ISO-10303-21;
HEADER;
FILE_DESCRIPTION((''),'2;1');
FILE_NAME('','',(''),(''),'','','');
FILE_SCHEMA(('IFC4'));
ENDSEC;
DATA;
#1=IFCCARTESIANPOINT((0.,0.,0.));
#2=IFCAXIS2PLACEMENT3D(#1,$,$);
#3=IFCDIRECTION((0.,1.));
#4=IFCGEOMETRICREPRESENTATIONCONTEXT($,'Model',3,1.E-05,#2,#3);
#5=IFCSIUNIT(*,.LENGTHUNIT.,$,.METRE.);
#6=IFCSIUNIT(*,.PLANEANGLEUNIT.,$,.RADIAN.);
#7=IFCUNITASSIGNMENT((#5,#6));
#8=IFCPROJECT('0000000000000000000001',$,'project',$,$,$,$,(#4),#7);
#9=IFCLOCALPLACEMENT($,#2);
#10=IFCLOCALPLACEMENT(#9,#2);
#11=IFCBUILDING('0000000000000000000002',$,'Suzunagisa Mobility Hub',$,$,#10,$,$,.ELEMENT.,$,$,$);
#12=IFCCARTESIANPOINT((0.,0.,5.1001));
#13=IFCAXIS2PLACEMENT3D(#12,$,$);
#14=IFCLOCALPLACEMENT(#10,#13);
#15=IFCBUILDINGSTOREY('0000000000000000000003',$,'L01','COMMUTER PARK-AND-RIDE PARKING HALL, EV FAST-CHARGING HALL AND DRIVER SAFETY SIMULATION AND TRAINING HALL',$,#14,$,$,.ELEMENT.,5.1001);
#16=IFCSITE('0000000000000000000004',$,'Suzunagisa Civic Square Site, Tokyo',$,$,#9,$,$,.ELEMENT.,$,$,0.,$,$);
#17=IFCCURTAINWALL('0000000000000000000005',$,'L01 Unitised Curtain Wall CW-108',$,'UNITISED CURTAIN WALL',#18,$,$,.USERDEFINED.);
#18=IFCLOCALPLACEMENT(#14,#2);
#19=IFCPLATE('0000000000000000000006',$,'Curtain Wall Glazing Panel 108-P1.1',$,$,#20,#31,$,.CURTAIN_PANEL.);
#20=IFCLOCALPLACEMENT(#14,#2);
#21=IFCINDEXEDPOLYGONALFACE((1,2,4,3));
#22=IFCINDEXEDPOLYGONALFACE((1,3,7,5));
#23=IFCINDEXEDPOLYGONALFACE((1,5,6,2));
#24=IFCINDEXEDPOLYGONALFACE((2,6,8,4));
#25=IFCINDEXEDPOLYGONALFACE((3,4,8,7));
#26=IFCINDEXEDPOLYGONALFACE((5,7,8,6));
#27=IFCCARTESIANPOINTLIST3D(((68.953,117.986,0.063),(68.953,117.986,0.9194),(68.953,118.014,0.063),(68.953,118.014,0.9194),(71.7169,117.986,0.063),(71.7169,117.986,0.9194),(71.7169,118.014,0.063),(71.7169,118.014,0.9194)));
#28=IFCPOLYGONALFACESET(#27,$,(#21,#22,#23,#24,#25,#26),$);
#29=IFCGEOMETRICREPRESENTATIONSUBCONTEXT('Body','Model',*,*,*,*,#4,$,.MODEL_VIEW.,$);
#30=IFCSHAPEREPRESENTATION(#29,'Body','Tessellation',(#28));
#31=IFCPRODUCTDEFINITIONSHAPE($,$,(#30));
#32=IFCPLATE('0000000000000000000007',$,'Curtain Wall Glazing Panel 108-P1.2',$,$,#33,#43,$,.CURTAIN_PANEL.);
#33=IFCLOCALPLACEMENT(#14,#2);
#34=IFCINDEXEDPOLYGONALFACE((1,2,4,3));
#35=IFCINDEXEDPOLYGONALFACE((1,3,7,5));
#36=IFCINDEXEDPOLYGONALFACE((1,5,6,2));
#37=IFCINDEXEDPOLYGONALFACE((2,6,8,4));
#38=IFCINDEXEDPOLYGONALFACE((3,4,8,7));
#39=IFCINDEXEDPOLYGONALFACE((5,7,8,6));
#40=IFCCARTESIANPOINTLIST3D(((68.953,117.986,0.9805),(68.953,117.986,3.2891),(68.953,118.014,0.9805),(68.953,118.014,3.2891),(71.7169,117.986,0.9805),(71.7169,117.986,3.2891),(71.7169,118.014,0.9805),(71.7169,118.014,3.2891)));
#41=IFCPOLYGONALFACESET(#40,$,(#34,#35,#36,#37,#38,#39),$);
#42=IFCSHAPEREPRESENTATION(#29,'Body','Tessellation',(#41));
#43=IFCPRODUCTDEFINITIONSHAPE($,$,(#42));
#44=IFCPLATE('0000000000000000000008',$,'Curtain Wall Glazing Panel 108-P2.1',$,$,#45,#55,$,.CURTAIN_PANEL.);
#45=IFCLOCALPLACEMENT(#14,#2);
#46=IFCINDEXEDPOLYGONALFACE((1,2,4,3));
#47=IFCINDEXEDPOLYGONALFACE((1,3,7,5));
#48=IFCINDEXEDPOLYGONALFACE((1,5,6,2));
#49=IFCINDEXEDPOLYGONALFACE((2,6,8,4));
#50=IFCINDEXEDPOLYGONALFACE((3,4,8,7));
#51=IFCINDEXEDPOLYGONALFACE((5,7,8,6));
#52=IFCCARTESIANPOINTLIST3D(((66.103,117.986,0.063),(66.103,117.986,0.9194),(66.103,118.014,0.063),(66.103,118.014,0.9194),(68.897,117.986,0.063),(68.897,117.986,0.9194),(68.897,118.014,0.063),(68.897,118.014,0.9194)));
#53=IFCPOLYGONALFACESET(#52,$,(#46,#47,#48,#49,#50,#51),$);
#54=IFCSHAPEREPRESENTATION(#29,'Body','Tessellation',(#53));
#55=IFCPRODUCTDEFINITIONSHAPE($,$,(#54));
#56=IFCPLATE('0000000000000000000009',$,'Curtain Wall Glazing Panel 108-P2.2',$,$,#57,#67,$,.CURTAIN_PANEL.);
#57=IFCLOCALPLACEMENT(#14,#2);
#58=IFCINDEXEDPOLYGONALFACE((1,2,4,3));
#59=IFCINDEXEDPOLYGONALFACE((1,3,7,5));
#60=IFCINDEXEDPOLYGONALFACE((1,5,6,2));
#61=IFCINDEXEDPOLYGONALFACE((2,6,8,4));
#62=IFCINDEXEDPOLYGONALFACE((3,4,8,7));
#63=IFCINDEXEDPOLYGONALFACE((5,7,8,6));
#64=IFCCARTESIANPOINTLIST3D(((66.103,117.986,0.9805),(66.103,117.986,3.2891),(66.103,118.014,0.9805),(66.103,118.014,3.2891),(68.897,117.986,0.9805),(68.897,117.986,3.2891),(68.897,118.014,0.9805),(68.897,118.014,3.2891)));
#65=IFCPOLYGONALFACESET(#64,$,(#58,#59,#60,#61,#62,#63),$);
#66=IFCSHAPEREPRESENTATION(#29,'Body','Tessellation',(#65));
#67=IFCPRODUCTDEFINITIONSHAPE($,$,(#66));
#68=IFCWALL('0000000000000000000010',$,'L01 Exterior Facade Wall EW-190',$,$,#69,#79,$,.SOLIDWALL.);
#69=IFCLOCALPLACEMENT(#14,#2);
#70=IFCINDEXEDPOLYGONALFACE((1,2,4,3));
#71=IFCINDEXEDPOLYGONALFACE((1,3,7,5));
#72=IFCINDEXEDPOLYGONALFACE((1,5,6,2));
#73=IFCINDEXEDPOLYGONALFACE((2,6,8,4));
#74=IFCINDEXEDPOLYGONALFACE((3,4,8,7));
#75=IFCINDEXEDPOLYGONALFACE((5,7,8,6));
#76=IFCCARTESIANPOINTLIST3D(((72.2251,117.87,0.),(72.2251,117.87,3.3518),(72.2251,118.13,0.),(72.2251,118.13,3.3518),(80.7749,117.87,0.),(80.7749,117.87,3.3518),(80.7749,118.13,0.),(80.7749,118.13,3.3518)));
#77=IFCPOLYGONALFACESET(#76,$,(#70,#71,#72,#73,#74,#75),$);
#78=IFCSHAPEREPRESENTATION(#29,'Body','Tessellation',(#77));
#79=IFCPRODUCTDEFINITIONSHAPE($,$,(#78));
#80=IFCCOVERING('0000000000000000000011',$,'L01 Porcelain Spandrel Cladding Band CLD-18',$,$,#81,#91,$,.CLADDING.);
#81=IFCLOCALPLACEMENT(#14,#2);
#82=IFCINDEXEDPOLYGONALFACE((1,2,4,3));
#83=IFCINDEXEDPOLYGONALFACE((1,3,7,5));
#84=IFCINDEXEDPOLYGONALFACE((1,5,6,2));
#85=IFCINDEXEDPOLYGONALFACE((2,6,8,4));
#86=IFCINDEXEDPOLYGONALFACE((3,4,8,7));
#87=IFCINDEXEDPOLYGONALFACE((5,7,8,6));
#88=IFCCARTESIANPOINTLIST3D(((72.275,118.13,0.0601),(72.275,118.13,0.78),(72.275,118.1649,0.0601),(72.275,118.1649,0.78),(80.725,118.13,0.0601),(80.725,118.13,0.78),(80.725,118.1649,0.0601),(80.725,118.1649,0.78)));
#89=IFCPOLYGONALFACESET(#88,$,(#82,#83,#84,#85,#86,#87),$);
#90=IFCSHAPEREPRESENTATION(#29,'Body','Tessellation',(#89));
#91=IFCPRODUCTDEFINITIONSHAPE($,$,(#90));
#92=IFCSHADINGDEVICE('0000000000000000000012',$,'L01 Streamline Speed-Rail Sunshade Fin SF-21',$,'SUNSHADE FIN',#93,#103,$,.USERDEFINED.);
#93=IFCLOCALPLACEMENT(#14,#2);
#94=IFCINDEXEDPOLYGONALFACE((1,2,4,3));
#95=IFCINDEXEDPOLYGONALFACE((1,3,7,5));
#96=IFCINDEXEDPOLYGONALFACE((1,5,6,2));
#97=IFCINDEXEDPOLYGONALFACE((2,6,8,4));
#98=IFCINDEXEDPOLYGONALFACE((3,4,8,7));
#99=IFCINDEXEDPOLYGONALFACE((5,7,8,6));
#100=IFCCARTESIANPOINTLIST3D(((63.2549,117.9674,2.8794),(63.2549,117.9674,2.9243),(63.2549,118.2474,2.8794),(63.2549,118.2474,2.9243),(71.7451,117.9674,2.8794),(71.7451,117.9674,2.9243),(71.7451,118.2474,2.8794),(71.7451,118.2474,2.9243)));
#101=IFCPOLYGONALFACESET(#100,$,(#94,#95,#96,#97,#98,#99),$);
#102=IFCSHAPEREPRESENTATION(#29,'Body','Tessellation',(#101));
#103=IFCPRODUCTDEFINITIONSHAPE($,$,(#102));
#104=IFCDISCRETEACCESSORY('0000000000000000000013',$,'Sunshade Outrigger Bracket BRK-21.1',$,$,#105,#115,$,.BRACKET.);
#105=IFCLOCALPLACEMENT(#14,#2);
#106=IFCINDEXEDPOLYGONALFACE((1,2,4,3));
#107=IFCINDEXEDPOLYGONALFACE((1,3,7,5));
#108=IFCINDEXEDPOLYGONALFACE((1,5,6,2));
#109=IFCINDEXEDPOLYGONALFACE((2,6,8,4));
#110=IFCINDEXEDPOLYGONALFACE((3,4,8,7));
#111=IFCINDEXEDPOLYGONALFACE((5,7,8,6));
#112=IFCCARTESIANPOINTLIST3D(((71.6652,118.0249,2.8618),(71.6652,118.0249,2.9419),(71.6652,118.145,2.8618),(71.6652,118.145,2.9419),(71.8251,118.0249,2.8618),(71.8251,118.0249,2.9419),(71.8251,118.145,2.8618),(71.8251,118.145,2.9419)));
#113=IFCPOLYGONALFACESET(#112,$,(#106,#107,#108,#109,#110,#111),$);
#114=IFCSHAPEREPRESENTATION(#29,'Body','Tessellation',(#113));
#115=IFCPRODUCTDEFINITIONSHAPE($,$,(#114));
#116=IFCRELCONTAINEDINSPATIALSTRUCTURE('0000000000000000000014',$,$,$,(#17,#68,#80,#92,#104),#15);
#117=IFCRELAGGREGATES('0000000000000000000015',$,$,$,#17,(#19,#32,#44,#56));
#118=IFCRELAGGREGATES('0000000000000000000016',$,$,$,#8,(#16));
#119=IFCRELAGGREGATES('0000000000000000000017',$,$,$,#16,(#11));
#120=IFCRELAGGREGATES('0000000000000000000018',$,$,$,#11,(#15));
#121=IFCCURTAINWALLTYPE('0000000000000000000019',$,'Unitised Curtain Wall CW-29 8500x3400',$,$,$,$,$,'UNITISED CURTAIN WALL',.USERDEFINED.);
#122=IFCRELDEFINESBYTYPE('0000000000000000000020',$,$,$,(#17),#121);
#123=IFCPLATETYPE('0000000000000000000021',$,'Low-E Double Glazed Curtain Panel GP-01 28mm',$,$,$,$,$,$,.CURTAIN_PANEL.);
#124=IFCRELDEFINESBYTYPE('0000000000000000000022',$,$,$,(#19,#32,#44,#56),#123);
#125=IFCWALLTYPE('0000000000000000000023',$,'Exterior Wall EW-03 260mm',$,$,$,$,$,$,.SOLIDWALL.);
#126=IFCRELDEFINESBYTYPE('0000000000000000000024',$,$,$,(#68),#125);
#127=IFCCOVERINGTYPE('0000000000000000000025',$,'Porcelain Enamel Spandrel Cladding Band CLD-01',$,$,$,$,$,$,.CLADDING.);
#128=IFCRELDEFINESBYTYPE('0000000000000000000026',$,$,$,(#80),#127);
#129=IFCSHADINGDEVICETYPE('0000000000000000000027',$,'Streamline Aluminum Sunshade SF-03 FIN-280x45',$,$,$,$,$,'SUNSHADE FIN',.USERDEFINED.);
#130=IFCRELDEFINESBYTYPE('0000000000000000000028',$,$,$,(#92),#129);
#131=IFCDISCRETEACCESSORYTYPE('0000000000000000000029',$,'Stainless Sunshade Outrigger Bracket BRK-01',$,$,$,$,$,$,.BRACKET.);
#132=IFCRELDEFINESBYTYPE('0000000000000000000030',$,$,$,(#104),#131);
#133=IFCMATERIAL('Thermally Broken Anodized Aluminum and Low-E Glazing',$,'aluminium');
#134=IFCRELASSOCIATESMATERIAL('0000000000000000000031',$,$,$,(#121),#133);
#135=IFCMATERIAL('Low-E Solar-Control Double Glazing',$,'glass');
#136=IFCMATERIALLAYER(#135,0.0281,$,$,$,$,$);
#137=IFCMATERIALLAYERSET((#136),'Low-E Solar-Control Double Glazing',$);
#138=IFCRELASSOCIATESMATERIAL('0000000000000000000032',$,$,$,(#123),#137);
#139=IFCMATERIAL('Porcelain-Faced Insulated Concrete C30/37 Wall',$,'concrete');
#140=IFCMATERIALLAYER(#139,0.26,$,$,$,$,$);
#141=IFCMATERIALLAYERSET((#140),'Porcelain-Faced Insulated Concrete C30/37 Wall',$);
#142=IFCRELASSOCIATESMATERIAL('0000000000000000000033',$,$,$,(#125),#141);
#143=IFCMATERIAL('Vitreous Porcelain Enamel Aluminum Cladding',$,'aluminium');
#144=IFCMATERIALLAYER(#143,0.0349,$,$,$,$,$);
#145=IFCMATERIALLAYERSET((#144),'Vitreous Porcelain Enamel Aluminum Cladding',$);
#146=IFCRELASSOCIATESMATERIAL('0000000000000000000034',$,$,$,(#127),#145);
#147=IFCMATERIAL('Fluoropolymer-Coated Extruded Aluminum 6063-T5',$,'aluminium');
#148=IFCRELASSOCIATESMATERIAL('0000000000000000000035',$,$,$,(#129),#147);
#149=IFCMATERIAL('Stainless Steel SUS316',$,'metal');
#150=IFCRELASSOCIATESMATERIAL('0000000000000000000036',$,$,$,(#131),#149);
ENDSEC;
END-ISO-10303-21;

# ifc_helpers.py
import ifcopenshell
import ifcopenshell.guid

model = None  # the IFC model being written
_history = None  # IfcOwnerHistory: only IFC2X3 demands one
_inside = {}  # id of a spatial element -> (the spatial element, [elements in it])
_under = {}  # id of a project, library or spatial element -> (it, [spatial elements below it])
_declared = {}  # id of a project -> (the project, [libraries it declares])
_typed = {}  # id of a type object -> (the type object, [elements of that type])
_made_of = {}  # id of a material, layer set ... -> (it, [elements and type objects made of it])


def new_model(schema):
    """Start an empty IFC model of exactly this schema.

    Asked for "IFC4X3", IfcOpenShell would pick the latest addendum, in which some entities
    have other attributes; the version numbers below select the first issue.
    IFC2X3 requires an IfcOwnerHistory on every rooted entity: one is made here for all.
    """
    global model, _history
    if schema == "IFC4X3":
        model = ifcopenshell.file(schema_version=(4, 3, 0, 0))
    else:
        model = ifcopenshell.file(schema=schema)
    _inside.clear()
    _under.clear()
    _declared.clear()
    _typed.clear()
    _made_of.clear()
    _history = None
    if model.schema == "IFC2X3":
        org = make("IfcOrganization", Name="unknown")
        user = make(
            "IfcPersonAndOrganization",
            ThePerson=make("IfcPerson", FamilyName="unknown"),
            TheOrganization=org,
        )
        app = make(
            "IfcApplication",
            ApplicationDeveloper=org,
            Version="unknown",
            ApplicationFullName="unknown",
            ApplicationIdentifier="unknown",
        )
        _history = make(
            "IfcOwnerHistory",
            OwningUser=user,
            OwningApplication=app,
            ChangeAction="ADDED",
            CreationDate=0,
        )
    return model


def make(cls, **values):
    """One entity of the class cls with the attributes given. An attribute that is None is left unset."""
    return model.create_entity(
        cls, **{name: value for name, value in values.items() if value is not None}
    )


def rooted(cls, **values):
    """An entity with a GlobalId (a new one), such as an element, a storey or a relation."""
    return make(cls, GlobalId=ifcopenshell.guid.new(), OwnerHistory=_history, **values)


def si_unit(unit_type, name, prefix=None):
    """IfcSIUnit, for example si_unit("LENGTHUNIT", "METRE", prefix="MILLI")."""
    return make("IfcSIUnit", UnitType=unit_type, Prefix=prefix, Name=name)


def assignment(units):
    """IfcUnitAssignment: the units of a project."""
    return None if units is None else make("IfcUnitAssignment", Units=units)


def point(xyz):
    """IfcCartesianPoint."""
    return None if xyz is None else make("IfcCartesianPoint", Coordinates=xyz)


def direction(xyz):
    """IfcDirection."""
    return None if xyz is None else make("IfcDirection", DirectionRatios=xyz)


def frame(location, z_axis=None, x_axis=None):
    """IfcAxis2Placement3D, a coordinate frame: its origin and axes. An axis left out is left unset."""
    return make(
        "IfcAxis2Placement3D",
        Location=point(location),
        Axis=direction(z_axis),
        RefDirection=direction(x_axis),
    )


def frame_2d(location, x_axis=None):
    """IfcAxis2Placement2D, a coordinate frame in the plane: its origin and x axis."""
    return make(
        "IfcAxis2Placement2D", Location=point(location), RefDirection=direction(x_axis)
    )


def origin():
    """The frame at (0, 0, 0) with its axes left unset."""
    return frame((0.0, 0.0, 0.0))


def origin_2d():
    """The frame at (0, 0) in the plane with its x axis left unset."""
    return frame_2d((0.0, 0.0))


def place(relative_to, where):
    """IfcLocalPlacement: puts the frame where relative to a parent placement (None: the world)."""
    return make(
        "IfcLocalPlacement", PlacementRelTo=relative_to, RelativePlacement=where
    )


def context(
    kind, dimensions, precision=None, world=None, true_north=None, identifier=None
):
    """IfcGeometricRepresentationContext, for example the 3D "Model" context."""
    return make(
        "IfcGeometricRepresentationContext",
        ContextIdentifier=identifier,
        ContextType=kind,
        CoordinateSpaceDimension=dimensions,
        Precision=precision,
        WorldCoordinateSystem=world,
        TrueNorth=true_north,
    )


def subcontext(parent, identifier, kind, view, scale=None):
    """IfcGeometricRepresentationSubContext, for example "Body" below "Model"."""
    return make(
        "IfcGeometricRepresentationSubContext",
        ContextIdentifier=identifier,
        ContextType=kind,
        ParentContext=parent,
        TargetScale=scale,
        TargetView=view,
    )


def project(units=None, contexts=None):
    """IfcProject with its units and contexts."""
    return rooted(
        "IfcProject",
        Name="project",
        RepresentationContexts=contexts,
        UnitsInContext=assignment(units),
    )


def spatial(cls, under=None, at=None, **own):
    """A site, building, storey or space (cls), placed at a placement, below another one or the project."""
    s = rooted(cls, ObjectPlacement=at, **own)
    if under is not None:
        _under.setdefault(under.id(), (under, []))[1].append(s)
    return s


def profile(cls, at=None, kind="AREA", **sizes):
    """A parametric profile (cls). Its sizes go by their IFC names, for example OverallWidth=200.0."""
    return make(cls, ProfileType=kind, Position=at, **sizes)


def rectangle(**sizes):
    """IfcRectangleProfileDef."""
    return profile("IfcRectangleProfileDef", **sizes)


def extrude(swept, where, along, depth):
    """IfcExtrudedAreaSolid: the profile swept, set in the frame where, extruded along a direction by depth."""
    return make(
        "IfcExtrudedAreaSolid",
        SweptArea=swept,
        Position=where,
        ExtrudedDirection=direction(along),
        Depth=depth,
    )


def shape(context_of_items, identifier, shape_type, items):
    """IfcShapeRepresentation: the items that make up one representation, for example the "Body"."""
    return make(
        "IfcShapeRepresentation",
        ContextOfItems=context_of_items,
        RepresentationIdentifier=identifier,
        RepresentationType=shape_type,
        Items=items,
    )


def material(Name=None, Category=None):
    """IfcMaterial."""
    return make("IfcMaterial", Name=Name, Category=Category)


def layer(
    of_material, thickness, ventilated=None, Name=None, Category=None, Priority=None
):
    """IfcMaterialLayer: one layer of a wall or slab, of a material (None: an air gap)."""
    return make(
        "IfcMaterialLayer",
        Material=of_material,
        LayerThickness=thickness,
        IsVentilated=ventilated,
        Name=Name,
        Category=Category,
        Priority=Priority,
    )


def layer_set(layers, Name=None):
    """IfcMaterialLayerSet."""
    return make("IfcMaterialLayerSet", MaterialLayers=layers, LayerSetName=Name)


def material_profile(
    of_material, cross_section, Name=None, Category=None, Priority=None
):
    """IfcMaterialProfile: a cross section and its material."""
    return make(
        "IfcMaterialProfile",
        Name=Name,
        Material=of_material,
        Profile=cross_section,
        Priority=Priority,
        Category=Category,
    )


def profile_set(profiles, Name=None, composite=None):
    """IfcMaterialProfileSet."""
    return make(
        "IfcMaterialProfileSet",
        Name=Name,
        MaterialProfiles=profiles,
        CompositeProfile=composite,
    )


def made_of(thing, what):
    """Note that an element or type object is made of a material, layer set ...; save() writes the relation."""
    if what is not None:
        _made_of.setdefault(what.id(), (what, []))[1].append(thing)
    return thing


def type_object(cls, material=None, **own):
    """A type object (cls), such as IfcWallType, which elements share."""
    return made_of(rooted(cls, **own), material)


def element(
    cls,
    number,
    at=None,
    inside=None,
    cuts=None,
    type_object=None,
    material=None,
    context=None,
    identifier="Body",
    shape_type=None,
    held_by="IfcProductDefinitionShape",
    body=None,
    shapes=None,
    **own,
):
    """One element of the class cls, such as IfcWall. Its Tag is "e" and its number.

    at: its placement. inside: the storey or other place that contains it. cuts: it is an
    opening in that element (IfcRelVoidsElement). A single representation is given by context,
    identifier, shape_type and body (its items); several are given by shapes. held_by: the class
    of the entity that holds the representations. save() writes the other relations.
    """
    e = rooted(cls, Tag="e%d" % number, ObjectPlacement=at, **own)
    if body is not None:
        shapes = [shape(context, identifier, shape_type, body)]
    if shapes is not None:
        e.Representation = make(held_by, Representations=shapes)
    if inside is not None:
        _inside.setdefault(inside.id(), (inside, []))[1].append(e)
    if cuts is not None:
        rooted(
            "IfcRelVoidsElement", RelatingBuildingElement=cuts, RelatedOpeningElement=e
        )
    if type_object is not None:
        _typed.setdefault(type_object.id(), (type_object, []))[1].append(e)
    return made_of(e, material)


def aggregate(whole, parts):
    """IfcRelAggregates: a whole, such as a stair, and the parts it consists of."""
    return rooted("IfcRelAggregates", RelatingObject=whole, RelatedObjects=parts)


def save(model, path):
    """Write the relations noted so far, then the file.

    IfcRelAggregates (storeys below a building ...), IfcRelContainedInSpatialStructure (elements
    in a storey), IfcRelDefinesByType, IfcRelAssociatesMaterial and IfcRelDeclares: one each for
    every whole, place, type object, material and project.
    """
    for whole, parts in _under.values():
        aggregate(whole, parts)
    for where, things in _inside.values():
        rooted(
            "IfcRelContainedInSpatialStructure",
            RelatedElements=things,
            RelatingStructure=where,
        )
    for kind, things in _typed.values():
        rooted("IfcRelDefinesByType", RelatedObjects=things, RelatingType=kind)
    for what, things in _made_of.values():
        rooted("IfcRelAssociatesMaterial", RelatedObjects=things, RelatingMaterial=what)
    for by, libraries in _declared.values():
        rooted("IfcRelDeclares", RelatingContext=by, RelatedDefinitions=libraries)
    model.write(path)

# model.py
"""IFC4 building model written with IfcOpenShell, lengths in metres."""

from ifc_helpers import new_model, si_unit, direction, frame, frame_2d, origin, origin_2d, place, context, subcontext, project, spatial, rectangle, extrude, material, layer, layer_set, material_profile, profile_set, type_object, element, aggregate, save


model = new_model("IFC4")

# Units and contexts
model_context = context("Model", 3, precision=1e-05, world=origin(), true_north=direction((0.0, 1.0)))
body_context = subcontext(model_context, "Body", "Model", "MODEL_VIEW")
ifc_project = project(units=[si_unit("LENGTHUNIT", "METRE"), si_unit("PLANEANGLEUNIT", "RADIAN")], contexts=[model_context])

# Site, building, storey
site_placement = place(None, origin())
site = spatial("IfcSite", under=ifc_project, at=site_placement, Name="Suzunagisa Civic Square Site, Tokyo", CompositionType="ELEMENT", RefElevation=0.0)
building_placement = place(site_placement, origin())
building = spatial("IfcBuilding", under=site, at=building_placement, Name="Suzunagisa Mobility Hub", CompositionType="ELEMENT")
storey_placement = place(building_placement, frame((0.0, 0.0, 5.1001)))
storey = spatial("IfcBuildingStorey", under=building, at=storey_placement, Name="L01", Description="COMMUTER PARK-AND-RIDE PARKING HALL, EV FAST-CHARGING HALL AND DRIVER SAFETY SIMULATION AND TRAINING HALL", CompositionType="ELEMENT", Elevation=5.1001)

# Curtain wall
ifc_material_1 = material(Name="Thermally Broken Anodized Aluminum and Low-E Glazing", Category="aluminium")
curtain_wall_type = type_object("IfcCurtainWallType", Name="Unitised Curtain Wall CW-29 8500x3400", ElementType="UNITISED CURTAIN WALL", PredefinedType="USERDEFINED", material=ifc_material_1)
curtain_wall_placement = place(storey_placement, origin())
curtain_wall = element("IfcCurtainWall", 1, at=curtain_wall_placement, inside=storey, type_object=curtain_wall_type, Name="L01 Unitised Curtain Wall CW-108", ObjectType="UNITISED CURTAIN WALL", PredefinedType="USERDEFINED")

# Plates
ifc_material_2 = material(Name="Low-E Solar-Control Double Glazing", Category="glass")
ifc_layer_1 = layer(ifc_material_2, 0.0281)
ifc_layer_set_1 = layer_set([ifc_layer_1], Name="Low-E Solar-Control Double Glazing")
plate_type = type_object("IfcPlateType", Name="Low-E Double Glazed Curtain Panel GP-01 28mm", PredefinedType="CURTAIN_PANEL", material=ifc_layer_set_1)
plate_1_placement = place(storey_placement, frame((70.335, 118.0, 0.063), z_axis=(0.0, 0.0, 1.0), x_axis=(-1.0, 0.0, 0.0)))
plate_1 = element("IfcPlate", 2, at=plate_1_placement, type_object=plate_type, Name="Curtain Wall Glazing Panel 108-P1.1", PredefinedType="CURTAIN_PANEL", context=body_context, shape_type="SweptSolid", body=[
    extrude(rectangle(XDim=2.7639, YDim=0.0281, at=origin_2d()), origin(), (0.0, 0.0, 1.0), 0.8564),
])
plate_2_placement = place(storey_placement, frame((70.335, 118.0, 0.9805), z_axis=(0.0, 0.0, 1.0), x_axis=(-1.0, 0.0, 0.0)))
plate_2 = element("IfcPlate", 3, at=plate_2_placement, type_object=plate_type, Name="Curtain Wall Glazing Panel 108-P1.2", PredefinedType="CURTAIN_PANEL", context=body_context, shape_type="SweptSolid", body=[
    extrude(rectangle(XDim=2.7639, YDim=0.0281, at=origin_2d()), origin(), (0.0, 0.0, 1.0), 2.3086),
])
plate_3_placement = place(storey_placement, frame((67.5, 118.0, 0.063), z_axis=(0.0, 0.0, 1.0), x_axis=(-1.0, 0.0, 0.0)))
plate_3 = element("IfcPlate", 4, at=plate_3_placement, type_object=plate_type, Name="Curtain Wall Glazing Panel 108-P2.1", PredefinedType="CURTAIN_PANEL", context=body_context, shape_type="SweptSolid", body=[
    extrude(rectangle(XDim=2.7939, YDim=0.0281, at=origin_2d()), origin(), (0.0, 0.0, 1.0), 0.8564),
])
plate_4_placement = place(storey_placement, frame((67.5, 118.0, 0.9805), z_axis=(0.0, 0.0, 1.0), x_axis=(-1.0, 0.0, 0.0)))
plate_4 = element("IfcPlate", 5, at=plate_4_placement, type_object=plate_type, Name="Curtain Wall Glazing Panel 108-P2.2", PredefinedType="CURTAIN_PANEL", context=body_context, shape_type="SweptSolid", body=[
    extrude(rectangle(XDim=2.7939, YDim=0.0281, at=origin_2d()), origin(), (0.0, 0.0, 1.0), 2.3086),
])
aggregate(curtain_wall, [plate_1, plate_2, plate_3, plate_4])

# Wall
ifc_material_3 = material(Name="Porcelain-Faced Insulated Concrete C30/37 Wall", Category="concrete")
ifc_layer_2 = layer(ifc_material_3, 0.26)
ifc_layer_set_2 = layer_set([ifc_layer_2], Name="Porcelain-Faced Insulated Concrete C30/37 Wall")
wall_type = type_object("IfcWallType", Name="Exterior Wall EW-03 260mm", PredefinedType="SOLIDWALL", material=ifc_layer_set_2)
wall_placement = place(storey_placement, frame((80.7749, 118.0, 0.0), z_axis=(0.0, 0.0, 1.0), x_axis=(-1.0, 0.0, 0.0)))
element("IfcWall", 6, at=wall_placement, inside=storey, type_object=wall_type, Name="L01 Exterior Facade Wall EW-190", PredefinedType="SOLIDWALL", context=body_context, shape_type="SweptSolid", body=[
    extrude(rectangle(XDim=8.5498, YDim=0.26, at=frame_2d((4.2749, 0.0))), origin(), (0.0, 0.0, 1.0), 3.3518),
])

# Covering
ifc_material_4 = material(Name="Vitreous Porcelain Enamel Aluminum Cladding", Category="aluminium")
ifc_layer_3 = layer(ifc_material_4, 0.0349)
ifc_layer_set_3 = layer_set([ifc_layer_3], Name="Vitreous Porcelain Enamel Aluminum Cladding")
covering_type = type_object("IfcCoveringType", Name="Porcelain Enamel Spandrel Cladding Band CLD-01", PredefinedType="CLADDING", material=ifc_layer_set_3)
covering_placement = place(storey_placement, frame((76.5, 118.1475, 0.0601), z_axis=(0.0, 0.0, 1.0), x_axis=(-1.0, 0.0, 0.0)))
element("IfcCovering", 7, at=covering_placement, inside=storey, type_object=covering_type, Name="L01 Porcelain Spandrel Cladding Band CLD-18", PredefinedType="CLADDING", context=body_context, shape_type="SweptSolid", body=[
    extrude(rectangle(XDim=8.45, YDim=0.0349, at=origin_2d()), origin(), (0.0, 0.0, 1.0), 0.72),
])

# Shading device
ifc_material_5 = material(Name="Fluoropolymer-Coated Extruded Aluminum 6063-T5", Category="aluminium")
ifc_material_profile_1 = material_profile(ifc_material_5, rectangle(XDim=0.28, YDim=0.0449, at=origin_2d()), Name="FIN-280x45")
ifc_profile_set_1 = profile_set([ifc_material_profile_1], Name="Fluoropolymer-Coated Extruded Aluminum 6063-T5")
shading_device_type = type_object("IfcShadingDeviceType", Name="Streamline Aluminum Sunshade SF-03 FIN-280x45", ElementType="SUNSHADE FIN", PredefinedType="USERDEFINED", material=ifc_profile_set_1)
shading_device_placement = place(storey_placement, frame((71.7451, 118.1074, 2.9019), z_axis=(-1.0, 0.0, 0.0), x_axis=(0.0, -1.0, 0.0)))
element("IfcShadingDevice", 8, at=shading_device_placement, inside=storey, type_object=shading_device_type, Name="L01 Streamline Speed-Rail Sunshade Fin SF-21", ObjectType="SUNSHADE FIN", PredefinedType="USERDEFINED", context=body_context, shape_type="SweptSolid", body=[
    extrude(rectangle(XDim=0.28, YDim=0.0449, at=origin_2d()), origin(), (0.0, 0.0, 1.0), 8.4902),
])

# Discrete accessory
ifc_material_6 = material(Name="Stainless Steel SUS316", Category="metal")
discrete_accessory_type = type_object("IfcDiscreteAccessoryType", Name="Stainless Sunshade Outrigger Bracket BRK-01", PredefinedType="BRACKET", material=ifc_material_6)
discrete_accessory_placement = place(storey_placement, frame((71.7451, 118.085, 2.8618), z_axis=(0.0, 0.0, 1.0), x_axis=(-1.0, 0.0, 0.0)))
element("IfcDiscreteAccessory", 9, at=discrete_accessory_placement, inside=storey, type_object=discrete_accessory_type, Name="Sunshade Outrigger Bracket BRK-21.1", PredefinedType="BRACKET", context=body_context, shape_type="SweptSolid", body=[
    extrude(rectangle(XDim=0.1599, YDim=0.1201, at=origin_2d()), origin(), (0.0, 0.0, 1.0), 0.0801),
])

save(model, "model.ifc")
